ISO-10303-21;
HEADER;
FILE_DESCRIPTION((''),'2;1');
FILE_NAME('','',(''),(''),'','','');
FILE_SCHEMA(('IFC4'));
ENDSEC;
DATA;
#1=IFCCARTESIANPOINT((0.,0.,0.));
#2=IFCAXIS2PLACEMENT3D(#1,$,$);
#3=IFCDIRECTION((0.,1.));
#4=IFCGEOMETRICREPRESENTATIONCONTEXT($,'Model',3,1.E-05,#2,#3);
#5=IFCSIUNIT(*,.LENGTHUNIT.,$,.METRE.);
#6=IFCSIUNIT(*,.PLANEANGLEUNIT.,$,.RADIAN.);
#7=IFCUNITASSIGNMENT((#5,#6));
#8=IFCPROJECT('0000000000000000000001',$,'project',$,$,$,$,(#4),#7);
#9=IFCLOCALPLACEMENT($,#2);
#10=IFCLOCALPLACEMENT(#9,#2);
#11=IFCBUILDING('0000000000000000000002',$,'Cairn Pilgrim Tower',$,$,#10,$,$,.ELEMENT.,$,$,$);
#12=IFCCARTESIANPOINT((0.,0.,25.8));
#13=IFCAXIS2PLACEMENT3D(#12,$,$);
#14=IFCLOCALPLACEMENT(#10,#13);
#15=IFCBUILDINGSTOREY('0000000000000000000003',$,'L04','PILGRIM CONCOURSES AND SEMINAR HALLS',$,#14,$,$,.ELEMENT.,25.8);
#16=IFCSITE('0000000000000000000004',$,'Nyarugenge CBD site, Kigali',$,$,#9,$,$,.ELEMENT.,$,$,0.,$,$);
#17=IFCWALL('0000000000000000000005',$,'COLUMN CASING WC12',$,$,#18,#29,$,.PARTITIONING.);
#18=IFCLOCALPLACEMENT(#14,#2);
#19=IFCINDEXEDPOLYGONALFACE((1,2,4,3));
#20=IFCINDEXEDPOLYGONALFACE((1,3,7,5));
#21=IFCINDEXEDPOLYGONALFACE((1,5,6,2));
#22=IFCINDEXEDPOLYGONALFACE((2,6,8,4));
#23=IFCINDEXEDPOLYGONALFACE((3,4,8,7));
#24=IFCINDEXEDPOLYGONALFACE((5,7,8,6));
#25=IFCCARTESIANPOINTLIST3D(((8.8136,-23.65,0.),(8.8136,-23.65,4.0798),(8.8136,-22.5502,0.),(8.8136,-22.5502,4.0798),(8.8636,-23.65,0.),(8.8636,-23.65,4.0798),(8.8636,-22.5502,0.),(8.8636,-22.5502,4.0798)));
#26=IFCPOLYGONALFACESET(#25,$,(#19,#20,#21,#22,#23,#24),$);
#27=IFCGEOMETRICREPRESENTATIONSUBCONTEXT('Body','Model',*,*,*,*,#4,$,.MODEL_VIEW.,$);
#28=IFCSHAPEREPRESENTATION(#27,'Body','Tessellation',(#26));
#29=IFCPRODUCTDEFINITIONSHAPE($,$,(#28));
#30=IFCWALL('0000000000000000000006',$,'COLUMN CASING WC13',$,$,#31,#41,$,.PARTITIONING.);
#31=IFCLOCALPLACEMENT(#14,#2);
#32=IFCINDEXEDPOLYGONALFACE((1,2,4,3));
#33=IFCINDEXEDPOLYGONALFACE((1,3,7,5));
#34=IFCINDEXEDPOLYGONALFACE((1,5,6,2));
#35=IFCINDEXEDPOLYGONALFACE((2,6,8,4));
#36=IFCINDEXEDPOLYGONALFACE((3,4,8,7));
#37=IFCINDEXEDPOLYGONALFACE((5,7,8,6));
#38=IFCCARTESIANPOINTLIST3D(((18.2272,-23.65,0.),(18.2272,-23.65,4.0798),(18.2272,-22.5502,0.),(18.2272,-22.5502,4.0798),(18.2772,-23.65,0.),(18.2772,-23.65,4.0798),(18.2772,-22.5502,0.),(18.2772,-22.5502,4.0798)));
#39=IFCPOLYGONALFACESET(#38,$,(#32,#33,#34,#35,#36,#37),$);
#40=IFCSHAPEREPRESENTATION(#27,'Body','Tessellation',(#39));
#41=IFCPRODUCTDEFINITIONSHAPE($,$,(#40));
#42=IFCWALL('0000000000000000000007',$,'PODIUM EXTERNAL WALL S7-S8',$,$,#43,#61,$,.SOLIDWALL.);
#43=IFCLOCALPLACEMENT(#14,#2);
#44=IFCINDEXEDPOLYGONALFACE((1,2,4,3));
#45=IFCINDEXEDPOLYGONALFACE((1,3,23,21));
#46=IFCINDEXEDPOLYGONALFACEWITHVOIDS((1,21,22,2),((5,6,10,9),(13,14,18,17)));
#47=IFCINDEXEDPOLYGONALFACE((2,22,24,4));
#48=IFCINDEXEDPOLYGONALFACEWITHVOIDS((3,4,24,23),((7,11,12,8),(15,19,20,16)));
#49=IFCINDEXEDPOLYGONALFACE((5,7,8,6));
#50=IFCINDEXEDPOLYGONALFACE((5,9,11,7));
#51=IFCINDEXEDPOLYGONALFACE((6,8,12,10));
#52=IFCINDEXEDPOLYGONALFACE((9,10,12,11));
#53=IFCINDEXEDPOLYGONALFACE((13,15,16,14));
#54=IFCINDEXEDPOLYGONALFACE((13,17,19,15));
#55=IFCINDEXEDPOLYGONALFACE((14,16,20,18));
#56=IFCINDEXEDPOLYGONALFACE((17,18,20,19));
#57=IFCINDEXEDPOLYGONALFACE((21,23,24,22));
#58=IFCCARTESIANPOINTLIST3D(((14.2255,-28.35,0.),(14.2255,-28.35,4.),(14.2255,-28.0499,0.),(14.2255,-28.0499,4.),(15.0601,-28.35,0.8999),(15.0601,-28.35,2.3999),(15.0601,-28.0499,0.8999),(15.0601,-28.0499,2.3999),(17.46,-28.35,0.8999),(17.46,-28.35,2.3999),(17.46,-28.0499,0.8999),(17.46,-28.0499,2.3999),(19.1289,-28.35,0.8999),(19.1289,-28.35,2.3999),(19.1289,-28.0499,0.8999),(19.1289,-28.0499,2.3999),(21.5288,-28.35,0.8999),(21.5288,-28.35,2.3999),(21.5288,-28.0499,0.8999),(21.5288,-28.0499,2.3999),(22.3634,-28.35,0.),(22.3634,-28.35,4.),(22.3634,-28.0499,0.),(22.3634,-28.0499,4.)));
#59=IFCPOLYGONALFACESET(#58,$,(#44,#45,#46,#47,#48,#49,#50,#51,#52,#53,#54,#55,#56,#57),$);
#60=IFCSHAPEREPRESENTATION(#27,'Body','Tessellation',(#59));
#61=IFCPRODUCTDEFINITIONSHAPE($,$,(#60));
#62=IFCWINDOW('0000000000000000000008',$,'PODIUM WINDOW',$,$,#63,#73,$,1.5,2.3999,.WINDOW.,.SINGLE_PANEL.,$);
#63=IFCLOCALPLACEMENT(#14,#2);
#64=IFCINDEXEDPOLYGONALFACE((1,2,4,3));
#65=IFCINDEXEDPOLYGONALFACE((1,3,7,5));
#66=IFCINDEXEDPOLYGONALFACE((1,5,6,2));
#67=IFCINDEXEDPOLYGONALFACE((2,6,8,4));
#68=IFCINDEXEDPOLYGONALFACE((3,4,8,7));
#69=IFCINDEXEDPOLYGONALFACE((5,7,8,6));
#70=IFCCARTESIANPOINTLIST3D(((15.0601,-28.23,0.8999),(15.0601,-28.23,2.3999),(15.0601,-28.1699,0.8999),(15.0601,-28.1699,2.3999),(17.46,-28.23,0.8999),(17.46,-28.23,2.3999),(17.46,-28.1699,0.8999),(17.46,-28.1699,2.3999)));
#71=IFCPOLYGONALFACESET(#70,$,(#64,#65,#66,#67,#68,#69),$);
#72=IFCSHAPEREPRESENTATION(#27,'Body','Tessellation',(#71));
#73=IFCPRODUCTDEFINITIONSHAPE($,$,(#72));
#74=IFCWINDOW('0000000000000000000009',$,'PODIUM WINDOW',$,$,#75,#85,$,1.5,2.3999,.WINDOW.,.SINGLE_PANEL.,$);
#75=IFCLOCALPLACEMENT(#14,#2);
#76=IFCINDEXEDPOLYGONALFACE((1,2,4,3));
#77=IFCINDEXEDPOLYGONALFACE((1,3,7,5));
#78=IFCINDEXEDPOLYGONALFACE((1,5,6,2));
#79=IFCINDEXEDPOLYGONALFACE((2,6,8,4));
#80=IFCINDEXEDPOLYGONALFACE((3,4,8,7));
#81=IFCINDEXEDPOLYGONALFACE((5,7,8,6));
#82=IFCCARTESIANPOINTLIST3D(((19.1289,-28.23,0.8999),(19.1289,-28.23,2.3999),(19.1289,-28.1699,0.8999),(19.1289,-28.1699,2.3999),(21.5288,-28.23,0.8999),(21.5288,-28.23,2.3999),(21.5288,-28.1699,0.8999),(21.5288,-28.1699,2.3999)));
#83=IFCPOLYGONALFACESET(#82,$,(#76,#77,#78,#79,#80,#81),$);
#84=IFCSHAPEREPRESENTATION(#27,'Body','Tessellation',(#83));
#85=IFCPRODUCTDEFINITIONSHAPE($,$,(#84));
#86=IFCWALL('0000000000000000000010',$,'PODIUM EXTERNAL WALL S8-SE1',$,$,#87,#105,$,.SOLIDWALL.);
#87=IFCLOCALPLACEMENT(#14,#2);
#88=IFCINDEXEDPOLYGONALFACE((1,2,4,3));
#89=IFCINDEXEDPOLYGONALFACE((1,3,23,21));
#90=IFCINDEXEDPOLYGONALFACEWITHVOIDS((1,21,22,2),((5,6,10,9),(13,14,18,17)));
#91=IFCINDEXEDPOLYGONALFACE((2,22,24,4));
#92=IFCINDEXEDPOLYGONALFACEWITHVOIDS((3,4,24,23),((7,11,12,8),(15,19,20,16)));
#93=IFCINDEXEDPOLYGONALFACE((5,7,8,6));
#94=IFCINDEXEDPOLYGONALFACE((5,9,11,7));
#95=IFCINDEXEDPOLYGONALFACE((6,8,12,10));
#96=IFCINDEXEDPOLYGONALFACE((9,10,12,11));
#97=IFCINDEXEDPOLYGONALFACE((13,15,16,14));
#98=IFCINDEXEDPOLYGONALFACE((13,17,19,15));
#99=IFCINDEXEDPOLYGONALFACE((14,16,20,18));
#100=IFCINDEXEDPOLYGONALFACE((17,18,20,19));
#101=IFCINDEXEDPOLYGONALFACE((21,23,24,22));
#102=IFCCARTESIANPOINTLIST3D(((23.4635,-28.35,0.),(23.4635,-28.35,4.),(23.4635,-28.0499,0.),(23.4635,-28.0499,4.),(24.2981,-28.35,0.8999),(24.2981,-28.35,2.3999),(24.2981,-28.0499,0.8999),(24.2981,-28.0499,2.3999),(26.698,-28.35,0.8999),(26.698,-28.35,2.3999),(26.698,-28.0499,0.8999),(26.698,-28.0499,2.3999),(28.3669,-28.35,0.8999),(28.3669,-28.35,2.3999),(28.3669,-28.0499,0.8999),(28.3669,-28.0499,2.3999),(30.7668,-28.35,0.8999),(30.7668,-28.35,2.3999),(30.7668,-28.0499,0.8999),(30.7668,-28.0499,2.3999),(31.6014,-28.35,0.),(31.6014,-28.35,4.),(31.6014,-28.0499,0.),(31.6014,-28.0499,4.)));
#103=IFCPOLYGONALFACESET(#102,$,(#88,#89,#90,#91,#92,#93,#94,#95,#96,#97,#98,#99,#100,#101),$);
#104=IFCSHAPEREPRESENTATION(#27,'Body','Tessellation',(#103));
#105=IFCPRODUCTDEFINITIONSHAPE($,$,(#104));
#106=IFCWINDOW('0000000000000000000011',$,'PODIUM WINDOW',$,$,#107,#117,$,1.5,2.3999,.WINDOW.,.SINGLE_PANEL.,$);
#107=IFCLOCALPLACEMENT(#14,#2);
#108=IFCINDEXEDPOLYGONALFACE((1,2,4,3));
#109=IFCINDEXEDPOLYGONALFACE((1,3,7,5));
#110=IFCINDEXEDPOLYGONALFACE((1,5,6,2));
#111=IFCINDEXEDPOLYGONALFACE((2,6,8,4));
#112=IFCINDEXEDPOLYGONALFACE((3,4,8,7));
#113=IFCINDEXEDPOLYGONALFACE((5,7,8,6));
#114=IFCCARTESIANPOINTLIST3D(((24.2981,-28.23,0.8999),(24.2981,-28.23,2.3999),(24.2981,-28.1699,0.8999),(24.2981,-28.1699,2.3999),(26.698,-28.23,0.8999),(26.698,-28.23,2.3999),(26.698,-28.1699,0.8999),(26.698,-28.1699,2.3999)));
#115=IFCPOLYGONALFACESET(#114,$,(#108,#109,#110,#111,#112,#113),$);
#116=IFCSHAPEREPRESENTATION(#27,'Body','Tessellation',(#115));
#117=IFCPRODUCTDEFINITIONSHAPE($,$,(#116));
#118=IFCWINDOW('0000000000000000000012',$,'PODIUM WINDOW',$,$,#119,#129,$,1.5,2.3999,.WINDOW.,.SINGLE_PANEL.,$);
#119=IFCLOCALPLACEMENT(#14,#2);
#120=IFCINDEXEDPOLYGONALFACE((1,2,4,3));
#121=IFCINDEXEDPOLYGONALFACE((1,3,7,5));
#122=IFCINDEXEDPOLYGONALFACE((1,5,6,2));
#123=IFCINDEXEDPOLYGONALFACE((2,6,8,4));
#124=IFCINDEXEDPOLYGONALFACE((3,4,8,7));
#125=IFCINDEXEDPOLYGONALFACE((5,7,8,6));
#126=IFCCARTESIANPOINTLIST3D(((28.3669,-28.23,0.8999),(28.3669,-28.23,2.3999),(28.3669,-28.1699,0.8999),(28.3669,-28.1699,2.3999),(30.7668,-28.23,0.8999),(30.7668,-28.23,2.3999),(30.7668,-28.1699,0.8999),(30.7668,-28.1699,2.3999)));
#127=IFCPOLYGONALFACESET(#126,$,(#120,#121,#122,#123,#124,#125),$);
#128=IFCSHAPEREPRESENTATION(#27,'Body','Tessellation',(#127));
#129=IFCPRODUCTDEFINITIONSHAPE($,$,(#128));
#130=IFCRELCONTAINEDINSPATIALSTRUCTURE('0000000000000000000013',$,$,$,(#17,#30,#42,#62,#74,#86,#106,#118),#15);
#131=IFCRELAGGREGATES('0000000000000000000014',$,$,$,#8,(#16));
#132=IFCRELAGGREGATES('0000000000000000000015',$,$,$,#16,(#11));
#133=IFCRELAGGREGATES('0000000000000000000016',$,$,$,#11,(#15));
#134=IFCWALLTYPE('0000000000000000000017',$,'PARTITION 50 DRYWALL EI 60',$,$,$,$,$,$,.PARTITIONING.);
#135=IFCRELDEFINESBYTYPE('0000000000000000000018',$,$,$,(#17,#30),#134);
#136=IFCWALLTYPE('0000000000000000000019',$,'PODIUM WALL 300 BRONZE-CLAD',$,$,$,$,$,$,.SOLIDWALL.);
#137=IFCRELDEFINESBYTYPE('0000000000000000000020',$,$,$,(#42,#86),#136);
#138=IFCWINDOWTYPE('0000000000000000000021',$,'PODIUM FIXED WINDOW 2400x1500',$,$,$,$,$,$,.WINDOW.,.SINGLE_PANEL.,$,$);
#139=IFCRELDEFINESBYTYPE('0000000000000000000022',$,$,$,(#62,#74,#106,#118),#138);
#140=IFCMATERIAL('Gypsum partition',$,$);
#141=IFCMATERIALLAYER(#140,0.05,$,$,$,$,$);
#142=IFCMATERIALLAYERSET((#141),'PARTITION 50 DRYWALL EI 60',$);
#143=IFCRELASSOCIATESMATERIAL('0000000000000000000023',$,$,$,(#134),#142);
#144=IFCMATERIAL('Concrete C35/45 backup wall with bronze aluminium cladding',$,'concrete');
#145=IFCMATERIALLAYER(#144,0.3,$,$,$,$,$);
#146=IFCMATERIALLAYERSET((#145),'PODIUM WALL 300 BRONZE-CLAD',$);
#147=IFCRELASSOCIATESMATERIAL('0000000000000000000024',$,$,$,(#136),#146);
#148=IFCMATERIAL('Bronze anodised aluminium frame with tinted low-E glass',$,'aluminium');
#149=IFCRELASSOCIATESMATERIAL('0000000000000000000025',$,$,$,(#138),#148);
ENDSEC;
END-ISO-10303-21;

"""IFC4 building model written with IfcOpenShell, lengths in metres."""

from ifc_helpers import new_model, si_unit, direction, frame, frame_2d, origin, place, context, subcontext, project, spatial, rectangle, extrude, material, layer, layer_set, type_object, element, fill, save


model = new_model("IFC4")

# Units and contexts
model_context = context("Model", 3, precision=1e-05, world=origin(), true_north=direction((0.0, 1.0)))
body_context = subcontext(model_context, "Body", "Model", "MODEL_VIEW")
ifc_project = project(units=[si_unit("LENGTHUNIT", "METRE"), si_unit("PLANEANGLEUNIT", "RADIAN")], contexts=[model_context])

# Site, building, storey
site_placement = place(None, origin())
site = spatial("IfcSite", under=ifc_project, at=site_placement, Name="Nyarugenge CBD site, Kigali", CompositionType="ELEMENT", RefElevation=0.0)
building_placement = place(site_placement, origin())
building = spatial("IfcBuilding", under=site, at=building_placement, Name="Cairn Pilgrim Tower", CompositionType="ELEMENT")
storey_placement = place(building_placement, frame((0.0, 0.0, 25.8)))
storey = spatial("IfcBuildingStorey", under=building, at=storey_placement, Name="L04", Description="PILGRIM CONCOURSES AND SEMINAR HALLS", CompositionType="ELEMENT", Elevation=25.8)

# Walls
ifc_material_1 = material(Name="Gypsum partition")
ifc_layer_1 = layer(ifc_material_1, 0.05)
ifc_layer_set_1 = layer_set([ifc_layer_1], Name="PARTITION 50 DRYWALL EI 60")
wall_type_1 = type_object("IfcWallType", Name="PARTITION 50 DRYWALL EI 60", PredefinedType="PARTITIONING", material=ifc_layer_set_1)
for number, where, z_axis, x_axis, name in (
    (1, (8.8386, -23.6499, 0.0), (0.0, 0.0, 1.0), (0.0, 1.0, 0.0), "COLUMN CASING WC12"),
    (2, (18.2522, -23.6499, 0.0), (0.0, 0.0, 1.0), (0.0, 1.0, 0.0), "COLUMN CASING WC13"),
):
    element("IfcWall", number, at=place(storey_placement, frame(where, z_axis=z_axis, x_axis=x_axis)), inside=storey, type_object=wall_type_1, Name=name, PredefinedType="PARTITIONING", context=body_context, shape_type="SweptSolid", body=[
        extrude(rectangle(XDim=1.0999, YDim=0.05, at=frame_2d((0.5498, 0.0))), origin(), (0.0, 0.0, 1.0), 4.0798),
    ])

# Walls, openings, windows
ifc_material_2 = material(Name="Concrete C35/45 backup wall with bronze aluminium cladding", Category="concrete")
ifc_layer_2 = layer(ifc_material_2, 0.3)
ifc_layer_set_2 = layer_set([ifc_layer_2], Name="PODIUM WALL 300 BRONZE-CLAD")
wall_type_2 = type_object("IfcWallType", Name="PODIUM WALL 300 BRONZE-CLAD", PredefinedType="SOLIDWALL", material=ifc_layer_set_2)
wall_1_placement = place(storey_placement, frame((14.2256, -28.2, 0.0), z_axis=(0.0, 0.0, 1.0), x_axis=(1.0, 0.0, 0.0)))
wall_1 = element("IfcWall", 3, at=wall_1_placement, inside=storey, type_object=wall_type_2, Name="PODIUM EXTERNAL WALL S7-S8", PredefinedType="SOLIDWALL", context=body_context, shape_type="SweptSolid", body=[
    extrude(rectangle(XDim=8.1379, YDim=0.3, at=frame_2d((4.0688, 0.0))), origin(), (0.0, 0.0, 1.0), 4.0),
])
opening_1_placement = place(wall_1_placement, frame((0.8345, 0.0, 0.8999)))
opening_1 = element("IfcOpeningElement", 4, at=opening_1_placement, cuts=wall_1, PredefinedType="OPENING", context=body_context, shape_type="SweptSolid", body=[
    extrude(rectangle(XDim=2.3999, YDim=1.5, at=frame_2d((1.2, 0.75))), frame((0.0, 0.1602, 0.0), z_axis=(0.0, -1.0, 0.0), x_axis=(1.0, 0.0, 0.0)), (0.0, 0.0, 1.0), 0.3201),
])
opening_2_placement = place(wall_1_placement, frame((4.9033, 0.0, 0.8999)))
opening_2 = element("IfcOpeningElement", 5, at=opening_2_placement, cuts=wall_1, PredefinedType="OPENING", context=body_context, shape_type="SweptSolid", body=[
    extrude(rectangle(XDim=2.3999, YDim=1.5, at=frame_2d((1.2, 0.75))), frame((0.0, 0.1602, 0.0), z_axis=(0.0, -1.0, 0.0), x_axis=(1.0, 0.0, 0.0)), (0.0, 0.0, 1.0), 0.3201),
])
ifc_material_3 = material(Name="Bronze anodised aluminium frame with tinted low-E glass", Category="aluminium")
window_type = type_object("IfcWindowType", Name="PODIUM FIXED WINDOW 2400x1500", PartitioningType="SINGLE_PANEL", PredefinedType="WINDOW", material=ifc_material_3)
window_1_placement = place(opening_1_placement, origin())
window_1 = element("IfcWindow", 6, at=window_1_placement, inside=storey, type_object=window_type, Name="PODIUM WINDOW", OverallHeight=1.5, OverallWidth=2.3999, PartitioningType="SINGLE_PANEL", PredefinedType="WINDOW", context=body_context, shape_type="SweptSolid", body=[
    extrude(rectangle(XDim=2.3999, YDim=1.5, at=frame_2d((1.2, 0.75))), frame((0.0, 0.03, 0.0), z_axis=(0.0, -1.0, 0.0), x_axis=(1.0, 0.0, 0.0)), (0.0, 0.0, 1.0), 0.0601),
])
fill(opening_1, window_1)
window_2_placement = place(opening_2_placement, origin())
window_2 = element("IfcWindow", 7, at=window_2_placement, inside=storey, type_object=window_type, Name="PODIUM WINDOW", OverallHeight=1.5, OverallWidth=2.3999, PartitioningType="SINGLE_PANEL", PredefinedType="WINDOW", context=body_context, shape_type="SweptSolid", body=[
    extrude(rectangle(XDim=2.3999, YDim=1.5, at=frame_2d((1.2, 0.75))), frame((0.0, 0.03, 0.0), z_axis=(0.0, -1.0, 0.0), x_axis=(1.0, 0.0, 0.0)), (0.0, 0.0, 1.0), 0.0601),
])
fill(opening_2, window_2)
wall_2_placement = place(storey_placement, frame((23.4636, -28.2, 0.0), z_axis=(0.0, 0.0, 1.0), x_axis=(1.0, 0.0, 0.0)))
wall_2 = element("IfcWall", 8, at=wall_2_placement, inside=storey, type_object=wall_type_2, Name="PODIUM EXTERNAL WALL S8-SE1", PredefinedType="SOLIDWALL", context=body_context, shape_type="SweptSolid", body=[
    extrude(rectangle(XDim=8.1379, YDim=0.3, at=frame_2d((4.0688, 0.0))), origin(), (0.0, 0.0, 1.0), 4.0),
])
opening_3_placement = place(wall_2_placement, frame((0.8345, 0.0, 0.8999)))
opening_3 = element("IfcOpeningElement", 9, at=opening_3_placement, cuts=wall_2, PredefinedType="OPENING", context=body_context, shape_type="SweptSolid", body=[
    extrude(rectangle(XDim=2.3999, YDim=1.5, at=frame_2d((1.2, 0.75))), frame((0.0, 0.1602, 0.0), z_axis=(0.0, -1.0, 0.0), x_axis=(1.0, 0.0, 0.0)), (0.0, 0.0, 1.0), 0.3201),
])
opening_4_placement = place(wall_2_placement, frame((4.9033, 0.0, 0.8999)))
opening_4 = element("IfcOpeningElement", 10, at=opening_4_placement, cuts=wall_2, PredefinedType="OPENING", context=body_context, shape_type="SweptSolid", body=[
    extrude(rectangle(XDim=2.3999, YDim=1.5, at=frame_2d((1.2, 0.75))), frame((0.0, 0.1602, 0.0), z_axis=(0.0, -1.0, 0.0), x_axis=(1.0, 0.0, 0.0)), (0.0, 0.0, 1.0), 0.3201),
])
window_3_placement = place(opening_3_placement, origin())
window_3 = element("IfcWindow", 11, at=window_3_placement, inside=storey, type_object=window_type, Name="PODIUM WINDOW", OverallHeight=1.5, OverallWidth=2.3999, PartitioningType="SINGLE_PANEL", PredefinedType="WINDOW", context=body_context, shape_type="SweptSolid", body=[
    extrude(rectangle(XDim=2.3999, YDim=1.5, at=frame_2d((1.2, 0.75))), frame((0.0, 0.03, 0.0), z_axis=(0.0, -1.0, 0.0), x_axis=(1.0, 0.0, 0.0)), (0.0, 0.0, 1.0), 0.0601),
])
fill(opening_3, window_3)
window_4_placement = place(opening_4_placement, origin())
window_4 = element("IfcWindow", 12, at=window_4_placement, inside=storey, type_object=window_type, Name="PODIUM WINDOW", OverallHeight=1.5, OverallWidth=2.3999, PartitioningType="SINGLE_PANEL", PredefinedType="WINDOW", context=body_context, shape_type="SweptSolid", body=[
    extrude(rectangle(XDim=2.3999, YDim=1.5, at=frame_2d((1.2, 0.75))), frame((0.0, 0.03, 0.0), z_axis=(0.0, -1.0, 0.0), x_axis=(1.0, 0.0, 0.0)), (0.0, 0.0, 1.0), 0.0601),
])
fill(opening_4, window_4)

save(model, "model.ifc")
